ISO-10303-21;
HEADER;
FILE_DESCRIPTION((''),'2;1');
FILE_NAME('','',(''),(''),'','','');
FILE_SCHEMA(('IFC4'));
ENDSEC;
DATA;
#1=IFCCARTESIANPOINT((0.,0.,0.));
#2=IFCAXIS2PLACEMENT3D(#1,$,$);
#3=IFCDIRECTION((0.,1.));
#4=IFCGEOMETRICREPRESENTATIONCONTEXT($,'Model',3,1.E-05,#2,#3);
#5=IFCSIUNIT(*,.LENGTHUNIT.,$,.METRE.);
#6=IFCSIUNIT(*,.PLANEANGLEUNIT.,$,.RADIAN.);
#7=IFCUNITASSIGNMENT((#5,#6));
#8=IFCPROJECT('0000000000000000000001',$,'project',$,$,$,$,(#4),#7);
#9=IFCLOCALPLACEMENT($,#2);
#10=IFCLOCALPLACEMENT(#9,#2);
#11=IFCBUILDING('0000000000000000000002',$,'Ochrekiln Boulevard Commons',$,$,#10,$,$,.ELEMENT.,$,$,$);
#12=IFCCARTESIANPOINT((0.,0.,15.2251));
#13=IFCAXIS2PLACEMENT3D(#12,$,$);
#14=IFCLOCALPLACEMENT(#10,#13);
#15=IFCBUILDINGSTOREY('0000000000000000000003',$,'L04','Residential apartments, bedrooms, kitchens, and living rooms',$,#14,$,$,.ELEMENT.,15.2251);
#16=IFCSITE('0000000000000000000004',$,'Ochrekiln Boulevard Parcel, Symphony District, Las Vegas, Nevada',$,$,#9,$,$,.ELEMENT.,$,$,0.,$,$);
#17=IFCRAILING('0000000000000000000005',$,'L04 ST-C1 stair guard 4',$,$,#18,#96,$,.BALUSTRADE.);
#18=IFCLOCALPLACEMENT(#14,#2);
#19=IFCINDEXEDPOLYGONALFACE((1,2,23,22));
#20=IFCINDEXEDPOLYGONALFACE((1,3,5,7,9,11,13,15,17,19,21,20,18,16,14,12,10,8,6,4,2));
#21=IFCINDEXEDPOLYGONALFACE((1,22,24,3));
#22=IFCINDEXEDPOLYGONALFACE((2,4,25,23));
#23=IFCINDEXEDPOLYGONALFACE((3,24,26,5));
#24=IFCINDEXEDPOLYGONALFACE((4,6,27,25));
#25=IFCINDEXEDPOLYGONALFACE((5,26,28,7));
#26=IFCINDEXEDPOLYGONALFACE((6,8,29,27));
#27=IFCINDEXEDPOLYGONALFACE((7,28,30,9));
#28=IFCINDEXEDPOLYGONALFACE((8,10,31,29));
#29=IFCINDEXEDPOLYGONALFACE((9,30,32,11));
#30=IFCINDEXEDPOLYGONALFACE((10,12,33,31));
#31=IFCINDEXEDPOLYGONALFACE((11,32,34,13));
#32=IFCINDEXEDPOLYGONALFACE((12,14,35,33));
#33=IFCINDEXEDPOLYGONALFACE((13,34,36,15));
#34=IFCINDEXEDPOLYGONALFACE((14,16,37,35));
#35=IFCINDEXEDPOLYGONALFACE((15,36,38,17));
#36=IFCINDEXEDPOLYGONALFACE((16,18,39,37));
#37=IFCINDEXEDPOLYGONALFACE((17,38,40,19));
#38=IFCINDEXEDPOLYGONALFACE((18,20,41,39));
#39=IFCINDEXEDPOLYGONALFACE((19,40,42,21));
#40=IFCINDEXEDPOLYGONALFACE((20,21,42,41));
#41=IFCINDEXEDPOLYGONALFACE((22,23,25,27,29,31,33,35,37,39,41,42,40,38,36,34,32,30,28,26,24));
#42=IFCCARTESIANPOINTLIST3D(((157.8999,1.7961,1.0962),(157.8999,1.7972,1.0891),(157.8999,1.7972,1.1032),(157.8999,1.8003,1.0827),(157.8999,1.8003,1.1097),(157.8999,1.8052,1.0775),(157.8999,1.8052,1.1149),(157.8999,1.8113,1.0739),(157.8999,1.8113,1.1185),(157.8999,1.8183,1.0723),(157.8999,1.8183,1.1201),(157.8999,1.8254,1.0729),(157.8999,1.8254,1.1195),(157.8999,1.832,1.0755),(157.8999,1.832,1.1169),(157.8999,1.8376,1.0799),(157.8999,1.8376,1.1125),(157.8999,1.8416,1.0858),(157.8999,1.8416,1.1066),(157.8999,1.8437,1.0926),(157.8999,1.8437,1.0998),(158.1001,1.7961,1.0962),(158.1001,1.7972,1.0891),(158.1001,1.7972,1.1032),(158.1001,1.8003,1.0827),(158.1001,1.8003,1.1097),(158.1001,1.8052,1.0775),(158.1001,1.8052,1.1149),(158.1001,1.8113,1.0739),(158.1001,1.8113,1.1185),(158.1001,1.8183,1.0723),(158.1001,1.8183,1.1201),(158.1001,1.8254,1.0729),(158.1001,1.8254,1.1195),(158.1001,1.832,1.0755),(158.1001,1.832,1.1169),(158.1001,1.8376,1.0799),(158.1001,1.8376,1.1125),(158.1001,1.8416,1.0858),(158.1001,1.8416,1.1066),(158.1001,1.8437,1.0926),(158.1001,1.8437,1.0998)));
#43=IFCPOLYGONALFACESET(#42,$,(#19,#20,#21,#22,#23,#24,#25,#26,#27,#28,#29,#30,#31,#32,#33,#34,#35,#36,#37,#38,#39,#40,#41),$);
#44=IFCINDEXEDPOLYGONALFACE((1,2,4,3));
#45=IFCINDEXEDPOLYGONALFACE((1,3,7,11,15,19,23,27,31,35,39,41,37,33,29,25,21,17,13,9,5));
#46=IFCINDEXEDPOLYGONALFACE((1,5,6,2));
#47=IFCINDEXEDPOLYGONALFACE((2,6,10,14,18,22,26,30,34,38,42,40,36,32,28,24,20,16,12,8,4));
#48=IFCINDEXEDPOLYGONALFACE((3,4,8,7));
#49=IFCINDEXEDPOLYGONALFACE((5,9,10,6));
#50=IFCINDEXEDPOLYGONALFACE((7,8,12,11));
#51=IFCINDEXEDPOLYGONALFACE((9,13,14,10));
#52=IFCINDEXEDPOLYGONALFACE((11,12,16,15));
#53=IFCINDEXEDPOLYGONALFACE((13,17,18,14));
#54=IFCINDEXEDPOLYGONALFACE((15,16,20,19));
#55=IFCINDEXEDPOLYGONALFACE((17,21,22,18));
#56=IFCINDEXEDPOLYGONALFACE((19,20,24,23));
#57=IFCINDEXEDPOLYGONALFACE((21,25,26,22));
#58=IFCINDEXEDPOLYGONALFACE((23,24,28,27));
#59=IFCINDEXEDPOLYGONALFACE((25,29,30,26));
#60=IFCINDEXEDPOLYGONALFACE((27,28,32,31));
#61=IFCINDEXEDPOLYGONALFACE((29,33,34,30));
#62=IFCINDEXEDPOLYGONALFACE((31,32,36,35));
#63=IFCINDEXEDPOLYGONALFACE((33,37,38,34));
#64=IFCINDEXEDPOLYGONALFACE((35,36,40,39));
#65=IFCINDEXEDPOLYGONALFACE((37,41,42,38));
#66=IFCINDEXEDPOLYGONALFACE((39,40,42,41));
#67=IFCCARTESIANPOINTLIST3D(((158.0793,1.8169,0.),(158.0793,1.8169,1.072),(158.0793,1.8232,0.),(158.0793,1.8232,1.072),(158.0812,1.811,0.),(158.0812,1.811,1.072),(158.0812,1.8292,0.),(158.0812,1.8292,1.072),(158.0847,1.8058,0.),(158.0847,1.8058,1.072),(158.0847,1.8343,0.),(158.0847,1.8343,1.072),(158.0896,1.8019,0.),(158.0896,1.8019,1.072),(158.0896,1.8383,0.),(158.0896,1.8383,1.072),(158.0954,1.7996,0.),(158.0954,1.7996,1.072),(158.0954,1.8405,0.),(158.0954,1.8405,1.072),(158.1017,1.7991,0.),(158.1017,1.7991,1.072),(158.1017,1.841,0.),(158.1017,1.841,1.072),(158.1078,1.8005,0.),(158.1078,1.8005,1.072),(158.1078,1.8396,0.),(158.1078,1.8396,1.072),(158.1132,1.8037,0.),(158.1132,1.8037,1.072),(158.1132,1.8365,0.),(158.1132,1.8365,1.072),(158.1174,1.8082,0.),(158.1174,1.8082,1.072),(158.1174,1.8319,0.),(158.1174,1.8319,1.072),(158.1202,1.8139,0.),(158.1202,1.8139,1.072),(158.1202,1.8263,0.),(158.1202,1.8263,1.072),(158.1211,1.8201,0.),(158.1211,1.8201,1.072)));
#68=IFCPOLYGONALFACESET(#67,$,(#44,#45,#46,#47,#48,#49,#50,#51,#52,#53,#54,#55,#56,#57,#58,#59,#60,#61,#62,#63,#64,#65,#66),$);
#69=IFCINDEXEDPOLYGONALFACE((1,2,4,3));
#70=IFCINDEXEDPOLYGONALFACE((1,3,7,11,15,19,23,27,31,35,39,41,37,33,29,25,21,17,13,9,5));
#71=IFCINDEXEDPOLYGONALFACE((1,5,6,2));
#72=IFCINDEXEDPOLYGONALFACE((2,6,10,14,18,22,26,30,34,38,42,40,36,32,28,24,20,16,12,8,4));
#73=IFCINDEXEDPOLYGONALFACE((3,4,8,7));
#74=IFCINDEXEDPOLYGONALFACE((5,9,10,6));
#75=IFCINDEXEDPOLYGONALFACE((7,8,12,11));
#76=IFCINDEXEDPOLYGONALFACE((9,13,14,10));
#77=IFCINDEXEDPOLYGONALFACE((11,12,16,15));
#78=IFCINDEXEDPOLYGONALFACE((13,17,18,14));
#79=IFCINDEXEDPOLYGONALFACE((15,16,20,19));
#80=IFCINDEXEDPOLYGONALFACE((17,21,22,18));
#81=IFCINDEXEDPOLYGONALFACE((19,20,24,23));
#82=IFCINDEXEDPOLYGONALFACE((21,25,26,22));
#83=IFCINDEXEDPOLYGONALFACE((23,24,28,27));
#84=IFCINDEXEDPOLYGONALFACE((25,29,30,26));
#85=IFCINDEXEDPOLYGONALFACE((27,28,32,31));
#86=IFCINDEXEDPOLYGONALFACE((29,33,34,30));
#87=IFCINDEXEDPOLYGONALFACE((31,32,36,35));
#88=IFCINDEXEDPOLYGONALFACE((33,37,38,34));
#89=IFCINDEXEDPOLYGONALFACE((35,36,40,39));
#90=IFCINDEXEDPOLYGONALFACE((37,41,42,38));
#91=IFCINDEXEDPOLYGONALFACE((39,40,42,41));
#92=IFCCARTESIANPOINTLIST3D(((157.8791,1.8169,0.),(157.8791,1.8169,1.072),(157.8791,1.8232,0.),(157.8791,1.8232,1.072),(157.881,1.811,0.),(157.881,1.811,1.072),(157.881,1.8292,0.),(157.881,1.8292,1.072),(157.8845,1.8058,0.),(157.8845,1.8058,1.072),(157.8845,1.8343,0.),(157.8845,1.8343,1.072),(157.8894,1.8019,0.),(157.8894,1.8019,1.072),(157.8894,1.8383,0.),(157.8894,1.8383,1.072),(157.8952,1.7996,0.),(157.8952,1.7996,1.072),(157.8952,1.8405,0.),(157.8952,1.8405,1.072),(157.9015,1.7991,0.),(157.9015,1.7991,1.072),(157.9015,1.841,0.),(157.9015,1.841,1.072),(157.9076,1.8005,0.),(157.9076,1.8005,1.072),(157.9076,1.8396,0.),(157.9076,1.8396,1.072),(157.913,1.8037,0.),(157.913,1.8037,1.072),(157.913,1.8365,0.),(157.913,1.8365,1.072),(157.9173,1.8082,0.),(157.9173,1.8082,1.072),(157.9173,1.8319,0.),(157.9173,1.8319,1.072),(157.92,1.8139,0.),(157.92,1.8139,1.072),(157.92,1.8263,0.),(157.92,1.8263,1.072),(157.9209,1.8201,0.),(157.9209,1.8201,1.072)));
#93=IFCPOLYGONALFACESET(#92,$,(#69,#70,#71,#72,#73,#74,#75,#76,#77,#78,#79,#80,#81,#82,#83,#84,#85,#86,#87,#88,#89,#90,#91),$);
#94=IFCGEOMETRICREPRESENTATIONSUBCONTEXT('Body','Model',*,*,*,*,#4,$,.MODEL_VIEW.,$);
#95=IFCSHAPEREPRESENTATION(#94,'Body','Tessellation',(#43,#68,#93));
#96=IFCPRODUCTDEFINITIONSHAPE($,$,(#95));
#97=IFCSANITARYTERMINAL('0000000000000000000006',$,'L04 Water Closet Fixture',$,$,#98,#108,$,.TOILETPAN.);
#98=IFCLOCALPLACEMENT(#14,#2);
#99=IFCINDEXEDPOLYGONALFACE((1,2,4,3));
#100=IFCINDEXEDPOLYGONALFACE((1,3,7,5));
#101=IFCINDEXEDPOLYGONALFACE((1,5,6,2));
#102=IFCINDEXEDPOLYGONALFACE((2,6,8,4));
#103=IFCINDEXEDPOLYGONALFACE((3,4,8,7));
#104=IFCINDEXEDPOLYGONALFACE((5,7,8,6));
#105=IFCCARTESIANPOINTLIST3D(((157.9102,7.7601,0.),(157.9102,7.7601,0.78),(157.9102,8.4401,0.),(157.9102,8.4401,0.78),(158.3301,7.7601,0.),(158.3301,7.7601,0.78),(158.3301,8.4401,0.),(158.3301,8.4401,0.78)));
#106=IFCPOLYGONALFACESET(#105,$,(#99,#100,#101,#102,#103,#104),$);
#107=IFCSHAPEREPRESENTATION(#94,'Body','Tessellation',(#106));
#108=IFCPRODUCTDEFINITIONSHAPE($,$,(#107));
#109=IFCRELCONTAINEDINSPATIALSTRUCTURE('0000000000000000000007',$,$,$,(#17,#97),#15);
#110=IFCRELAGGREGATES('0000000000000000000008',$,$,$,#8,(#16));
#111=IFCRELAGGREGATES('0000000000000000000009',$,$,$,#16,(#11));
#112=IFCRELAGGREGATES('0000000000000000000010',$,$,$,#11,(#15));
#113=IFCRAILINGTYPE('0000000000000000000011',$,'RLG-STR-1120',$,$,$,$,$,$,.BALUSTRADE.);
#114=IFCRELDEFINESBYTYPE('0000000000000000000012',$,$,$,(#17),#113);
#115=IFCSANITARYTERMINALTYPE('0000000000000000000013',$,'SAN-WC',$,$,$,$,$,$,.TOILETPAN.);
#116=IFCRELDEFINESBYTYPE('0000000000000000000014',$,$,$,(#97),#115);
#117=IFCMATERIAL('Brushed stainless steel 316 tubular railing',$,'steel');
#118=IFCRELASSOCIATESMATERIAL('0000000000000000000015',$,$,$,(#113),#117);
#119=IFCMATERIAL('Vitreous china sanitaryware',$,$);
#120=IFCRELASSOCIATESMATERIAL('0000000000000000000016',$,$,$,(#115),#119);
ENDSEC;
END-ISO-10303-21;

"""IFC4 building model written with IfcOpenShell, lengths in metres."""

from ifc_helpers import new_model, si_unit, direction, frame, origin, origin_2d, place, context, subcontext, project, spatial, rectangle, circle, extrude, material, type_object, element, save


model = new_model("IFC4")

# Units and contexts
model_context = context("Model", 3, precision=1e-05, world=origin(), true_north=direction((0.0, 1.0)))
body_context = subcontext(model_context, "Body", "Model", "MODEL_VIEW")
ifc_project = project(units=[si_unit("LENGTHUNIT", "METRE"), si_unit("PLANEANGLEUNIT", "RADIAN")], contexts=[model_context])

# Site, building, storey
site_placement = place(None, origin())
site = spatial("IfcSite", under=ifc_project, at=site_placement, Name="Ochrekiln Boulevard Parcel, Symphony District, Las Vegas, Nevada", CompositionType="ELEMENT", RefElevation=0.0)
building_placement = place(site_placement, origin())
building = spatial("IfcBuilding", under=site, at=building_placement, Name="Ochrekiln Boulevard Commons", CompositionType="ELEMENT")
storey_placement = place(building_placement, frame((0.0, 0.0, 15.2251)))
storey = spatial("IfcBuildingStorey", under=building, at=storey_placement, Name="L04", Description="Residential apartments, bedrooms, kitchens, and living rooms", CompositionType="ELEMENT", Elevation=15.2251)

# Railing
ifc_material_1 = material(Name="Brushed stainless steel 316 tubular railing", Category="steel")
railing_type_1 = type_object("IfcRailingType", Name="RLG-STR-1120", PredefinedType="BALUSTRADE", material=ifc_material_1)
railing_1_placement = place(storey_placement, frame((158.1001, 1.8201, 0.0)))
element("IfcRailing", 1, at=railing_1_placement, inside=storey, type_object=railing_type_1, Name="L04 ST-C1 stair guard 4", PredefinedType="BALUSTRADE", context=body_context, shape_type="SweptSolid", body=[
    extrude(circle(Radius=0.0239, at=origin_2d()), frame((0.0, 0.0, 1.0962), z_axis=(-1.0, 0.0, 0.0), x_axis=(0.0, -1.0, 0.0)), (0.0, 0.0, 1.0), 0.2002),
    extrude(circle(Radius=0.021, at=origin_2d()), origin(), (0.0, 0.0, 1.0), 1.072),
    extrude(circle(Radius=0.021, at=origin_2d()), frame((-0.2002, 0.0, 0.0)), (0.0, 0.0, 1.0), 1.072),
])

# Sanitary terminal
ifc_material_2 = material(Name="Vitreous china sanitaryware")
sanitary_terminal_type = type_object("IfcSanitaryTerminalType", Name="SAN-WC", PredefinedType="TOILETPAN", material=ifc_material_2)
sanitary_terminal_placement = place(storey_placement, frame((158.1201, 8.1001, 0.0), z_axis=(0.0, 0.0, 1.0), x_axis=(1.0, 0.0, 0.0)))
element("IfcSanitaryTerminal", 2, at=sanitary_terminal_placement, inside=storey, type_object=sanitary_terminal_type, Name="L04 Water Closet Fixture", PredefinedType="TOILETPAN", context=body_context, shape_type="SweptSolid", body=[
    extrude(rectangle(XDim=0.4199, YDim=0.6799, at=origin_2d()), origin(), (0.0, 0.0, 1.0), 0.78),
])

save(model, "model.ifc")
